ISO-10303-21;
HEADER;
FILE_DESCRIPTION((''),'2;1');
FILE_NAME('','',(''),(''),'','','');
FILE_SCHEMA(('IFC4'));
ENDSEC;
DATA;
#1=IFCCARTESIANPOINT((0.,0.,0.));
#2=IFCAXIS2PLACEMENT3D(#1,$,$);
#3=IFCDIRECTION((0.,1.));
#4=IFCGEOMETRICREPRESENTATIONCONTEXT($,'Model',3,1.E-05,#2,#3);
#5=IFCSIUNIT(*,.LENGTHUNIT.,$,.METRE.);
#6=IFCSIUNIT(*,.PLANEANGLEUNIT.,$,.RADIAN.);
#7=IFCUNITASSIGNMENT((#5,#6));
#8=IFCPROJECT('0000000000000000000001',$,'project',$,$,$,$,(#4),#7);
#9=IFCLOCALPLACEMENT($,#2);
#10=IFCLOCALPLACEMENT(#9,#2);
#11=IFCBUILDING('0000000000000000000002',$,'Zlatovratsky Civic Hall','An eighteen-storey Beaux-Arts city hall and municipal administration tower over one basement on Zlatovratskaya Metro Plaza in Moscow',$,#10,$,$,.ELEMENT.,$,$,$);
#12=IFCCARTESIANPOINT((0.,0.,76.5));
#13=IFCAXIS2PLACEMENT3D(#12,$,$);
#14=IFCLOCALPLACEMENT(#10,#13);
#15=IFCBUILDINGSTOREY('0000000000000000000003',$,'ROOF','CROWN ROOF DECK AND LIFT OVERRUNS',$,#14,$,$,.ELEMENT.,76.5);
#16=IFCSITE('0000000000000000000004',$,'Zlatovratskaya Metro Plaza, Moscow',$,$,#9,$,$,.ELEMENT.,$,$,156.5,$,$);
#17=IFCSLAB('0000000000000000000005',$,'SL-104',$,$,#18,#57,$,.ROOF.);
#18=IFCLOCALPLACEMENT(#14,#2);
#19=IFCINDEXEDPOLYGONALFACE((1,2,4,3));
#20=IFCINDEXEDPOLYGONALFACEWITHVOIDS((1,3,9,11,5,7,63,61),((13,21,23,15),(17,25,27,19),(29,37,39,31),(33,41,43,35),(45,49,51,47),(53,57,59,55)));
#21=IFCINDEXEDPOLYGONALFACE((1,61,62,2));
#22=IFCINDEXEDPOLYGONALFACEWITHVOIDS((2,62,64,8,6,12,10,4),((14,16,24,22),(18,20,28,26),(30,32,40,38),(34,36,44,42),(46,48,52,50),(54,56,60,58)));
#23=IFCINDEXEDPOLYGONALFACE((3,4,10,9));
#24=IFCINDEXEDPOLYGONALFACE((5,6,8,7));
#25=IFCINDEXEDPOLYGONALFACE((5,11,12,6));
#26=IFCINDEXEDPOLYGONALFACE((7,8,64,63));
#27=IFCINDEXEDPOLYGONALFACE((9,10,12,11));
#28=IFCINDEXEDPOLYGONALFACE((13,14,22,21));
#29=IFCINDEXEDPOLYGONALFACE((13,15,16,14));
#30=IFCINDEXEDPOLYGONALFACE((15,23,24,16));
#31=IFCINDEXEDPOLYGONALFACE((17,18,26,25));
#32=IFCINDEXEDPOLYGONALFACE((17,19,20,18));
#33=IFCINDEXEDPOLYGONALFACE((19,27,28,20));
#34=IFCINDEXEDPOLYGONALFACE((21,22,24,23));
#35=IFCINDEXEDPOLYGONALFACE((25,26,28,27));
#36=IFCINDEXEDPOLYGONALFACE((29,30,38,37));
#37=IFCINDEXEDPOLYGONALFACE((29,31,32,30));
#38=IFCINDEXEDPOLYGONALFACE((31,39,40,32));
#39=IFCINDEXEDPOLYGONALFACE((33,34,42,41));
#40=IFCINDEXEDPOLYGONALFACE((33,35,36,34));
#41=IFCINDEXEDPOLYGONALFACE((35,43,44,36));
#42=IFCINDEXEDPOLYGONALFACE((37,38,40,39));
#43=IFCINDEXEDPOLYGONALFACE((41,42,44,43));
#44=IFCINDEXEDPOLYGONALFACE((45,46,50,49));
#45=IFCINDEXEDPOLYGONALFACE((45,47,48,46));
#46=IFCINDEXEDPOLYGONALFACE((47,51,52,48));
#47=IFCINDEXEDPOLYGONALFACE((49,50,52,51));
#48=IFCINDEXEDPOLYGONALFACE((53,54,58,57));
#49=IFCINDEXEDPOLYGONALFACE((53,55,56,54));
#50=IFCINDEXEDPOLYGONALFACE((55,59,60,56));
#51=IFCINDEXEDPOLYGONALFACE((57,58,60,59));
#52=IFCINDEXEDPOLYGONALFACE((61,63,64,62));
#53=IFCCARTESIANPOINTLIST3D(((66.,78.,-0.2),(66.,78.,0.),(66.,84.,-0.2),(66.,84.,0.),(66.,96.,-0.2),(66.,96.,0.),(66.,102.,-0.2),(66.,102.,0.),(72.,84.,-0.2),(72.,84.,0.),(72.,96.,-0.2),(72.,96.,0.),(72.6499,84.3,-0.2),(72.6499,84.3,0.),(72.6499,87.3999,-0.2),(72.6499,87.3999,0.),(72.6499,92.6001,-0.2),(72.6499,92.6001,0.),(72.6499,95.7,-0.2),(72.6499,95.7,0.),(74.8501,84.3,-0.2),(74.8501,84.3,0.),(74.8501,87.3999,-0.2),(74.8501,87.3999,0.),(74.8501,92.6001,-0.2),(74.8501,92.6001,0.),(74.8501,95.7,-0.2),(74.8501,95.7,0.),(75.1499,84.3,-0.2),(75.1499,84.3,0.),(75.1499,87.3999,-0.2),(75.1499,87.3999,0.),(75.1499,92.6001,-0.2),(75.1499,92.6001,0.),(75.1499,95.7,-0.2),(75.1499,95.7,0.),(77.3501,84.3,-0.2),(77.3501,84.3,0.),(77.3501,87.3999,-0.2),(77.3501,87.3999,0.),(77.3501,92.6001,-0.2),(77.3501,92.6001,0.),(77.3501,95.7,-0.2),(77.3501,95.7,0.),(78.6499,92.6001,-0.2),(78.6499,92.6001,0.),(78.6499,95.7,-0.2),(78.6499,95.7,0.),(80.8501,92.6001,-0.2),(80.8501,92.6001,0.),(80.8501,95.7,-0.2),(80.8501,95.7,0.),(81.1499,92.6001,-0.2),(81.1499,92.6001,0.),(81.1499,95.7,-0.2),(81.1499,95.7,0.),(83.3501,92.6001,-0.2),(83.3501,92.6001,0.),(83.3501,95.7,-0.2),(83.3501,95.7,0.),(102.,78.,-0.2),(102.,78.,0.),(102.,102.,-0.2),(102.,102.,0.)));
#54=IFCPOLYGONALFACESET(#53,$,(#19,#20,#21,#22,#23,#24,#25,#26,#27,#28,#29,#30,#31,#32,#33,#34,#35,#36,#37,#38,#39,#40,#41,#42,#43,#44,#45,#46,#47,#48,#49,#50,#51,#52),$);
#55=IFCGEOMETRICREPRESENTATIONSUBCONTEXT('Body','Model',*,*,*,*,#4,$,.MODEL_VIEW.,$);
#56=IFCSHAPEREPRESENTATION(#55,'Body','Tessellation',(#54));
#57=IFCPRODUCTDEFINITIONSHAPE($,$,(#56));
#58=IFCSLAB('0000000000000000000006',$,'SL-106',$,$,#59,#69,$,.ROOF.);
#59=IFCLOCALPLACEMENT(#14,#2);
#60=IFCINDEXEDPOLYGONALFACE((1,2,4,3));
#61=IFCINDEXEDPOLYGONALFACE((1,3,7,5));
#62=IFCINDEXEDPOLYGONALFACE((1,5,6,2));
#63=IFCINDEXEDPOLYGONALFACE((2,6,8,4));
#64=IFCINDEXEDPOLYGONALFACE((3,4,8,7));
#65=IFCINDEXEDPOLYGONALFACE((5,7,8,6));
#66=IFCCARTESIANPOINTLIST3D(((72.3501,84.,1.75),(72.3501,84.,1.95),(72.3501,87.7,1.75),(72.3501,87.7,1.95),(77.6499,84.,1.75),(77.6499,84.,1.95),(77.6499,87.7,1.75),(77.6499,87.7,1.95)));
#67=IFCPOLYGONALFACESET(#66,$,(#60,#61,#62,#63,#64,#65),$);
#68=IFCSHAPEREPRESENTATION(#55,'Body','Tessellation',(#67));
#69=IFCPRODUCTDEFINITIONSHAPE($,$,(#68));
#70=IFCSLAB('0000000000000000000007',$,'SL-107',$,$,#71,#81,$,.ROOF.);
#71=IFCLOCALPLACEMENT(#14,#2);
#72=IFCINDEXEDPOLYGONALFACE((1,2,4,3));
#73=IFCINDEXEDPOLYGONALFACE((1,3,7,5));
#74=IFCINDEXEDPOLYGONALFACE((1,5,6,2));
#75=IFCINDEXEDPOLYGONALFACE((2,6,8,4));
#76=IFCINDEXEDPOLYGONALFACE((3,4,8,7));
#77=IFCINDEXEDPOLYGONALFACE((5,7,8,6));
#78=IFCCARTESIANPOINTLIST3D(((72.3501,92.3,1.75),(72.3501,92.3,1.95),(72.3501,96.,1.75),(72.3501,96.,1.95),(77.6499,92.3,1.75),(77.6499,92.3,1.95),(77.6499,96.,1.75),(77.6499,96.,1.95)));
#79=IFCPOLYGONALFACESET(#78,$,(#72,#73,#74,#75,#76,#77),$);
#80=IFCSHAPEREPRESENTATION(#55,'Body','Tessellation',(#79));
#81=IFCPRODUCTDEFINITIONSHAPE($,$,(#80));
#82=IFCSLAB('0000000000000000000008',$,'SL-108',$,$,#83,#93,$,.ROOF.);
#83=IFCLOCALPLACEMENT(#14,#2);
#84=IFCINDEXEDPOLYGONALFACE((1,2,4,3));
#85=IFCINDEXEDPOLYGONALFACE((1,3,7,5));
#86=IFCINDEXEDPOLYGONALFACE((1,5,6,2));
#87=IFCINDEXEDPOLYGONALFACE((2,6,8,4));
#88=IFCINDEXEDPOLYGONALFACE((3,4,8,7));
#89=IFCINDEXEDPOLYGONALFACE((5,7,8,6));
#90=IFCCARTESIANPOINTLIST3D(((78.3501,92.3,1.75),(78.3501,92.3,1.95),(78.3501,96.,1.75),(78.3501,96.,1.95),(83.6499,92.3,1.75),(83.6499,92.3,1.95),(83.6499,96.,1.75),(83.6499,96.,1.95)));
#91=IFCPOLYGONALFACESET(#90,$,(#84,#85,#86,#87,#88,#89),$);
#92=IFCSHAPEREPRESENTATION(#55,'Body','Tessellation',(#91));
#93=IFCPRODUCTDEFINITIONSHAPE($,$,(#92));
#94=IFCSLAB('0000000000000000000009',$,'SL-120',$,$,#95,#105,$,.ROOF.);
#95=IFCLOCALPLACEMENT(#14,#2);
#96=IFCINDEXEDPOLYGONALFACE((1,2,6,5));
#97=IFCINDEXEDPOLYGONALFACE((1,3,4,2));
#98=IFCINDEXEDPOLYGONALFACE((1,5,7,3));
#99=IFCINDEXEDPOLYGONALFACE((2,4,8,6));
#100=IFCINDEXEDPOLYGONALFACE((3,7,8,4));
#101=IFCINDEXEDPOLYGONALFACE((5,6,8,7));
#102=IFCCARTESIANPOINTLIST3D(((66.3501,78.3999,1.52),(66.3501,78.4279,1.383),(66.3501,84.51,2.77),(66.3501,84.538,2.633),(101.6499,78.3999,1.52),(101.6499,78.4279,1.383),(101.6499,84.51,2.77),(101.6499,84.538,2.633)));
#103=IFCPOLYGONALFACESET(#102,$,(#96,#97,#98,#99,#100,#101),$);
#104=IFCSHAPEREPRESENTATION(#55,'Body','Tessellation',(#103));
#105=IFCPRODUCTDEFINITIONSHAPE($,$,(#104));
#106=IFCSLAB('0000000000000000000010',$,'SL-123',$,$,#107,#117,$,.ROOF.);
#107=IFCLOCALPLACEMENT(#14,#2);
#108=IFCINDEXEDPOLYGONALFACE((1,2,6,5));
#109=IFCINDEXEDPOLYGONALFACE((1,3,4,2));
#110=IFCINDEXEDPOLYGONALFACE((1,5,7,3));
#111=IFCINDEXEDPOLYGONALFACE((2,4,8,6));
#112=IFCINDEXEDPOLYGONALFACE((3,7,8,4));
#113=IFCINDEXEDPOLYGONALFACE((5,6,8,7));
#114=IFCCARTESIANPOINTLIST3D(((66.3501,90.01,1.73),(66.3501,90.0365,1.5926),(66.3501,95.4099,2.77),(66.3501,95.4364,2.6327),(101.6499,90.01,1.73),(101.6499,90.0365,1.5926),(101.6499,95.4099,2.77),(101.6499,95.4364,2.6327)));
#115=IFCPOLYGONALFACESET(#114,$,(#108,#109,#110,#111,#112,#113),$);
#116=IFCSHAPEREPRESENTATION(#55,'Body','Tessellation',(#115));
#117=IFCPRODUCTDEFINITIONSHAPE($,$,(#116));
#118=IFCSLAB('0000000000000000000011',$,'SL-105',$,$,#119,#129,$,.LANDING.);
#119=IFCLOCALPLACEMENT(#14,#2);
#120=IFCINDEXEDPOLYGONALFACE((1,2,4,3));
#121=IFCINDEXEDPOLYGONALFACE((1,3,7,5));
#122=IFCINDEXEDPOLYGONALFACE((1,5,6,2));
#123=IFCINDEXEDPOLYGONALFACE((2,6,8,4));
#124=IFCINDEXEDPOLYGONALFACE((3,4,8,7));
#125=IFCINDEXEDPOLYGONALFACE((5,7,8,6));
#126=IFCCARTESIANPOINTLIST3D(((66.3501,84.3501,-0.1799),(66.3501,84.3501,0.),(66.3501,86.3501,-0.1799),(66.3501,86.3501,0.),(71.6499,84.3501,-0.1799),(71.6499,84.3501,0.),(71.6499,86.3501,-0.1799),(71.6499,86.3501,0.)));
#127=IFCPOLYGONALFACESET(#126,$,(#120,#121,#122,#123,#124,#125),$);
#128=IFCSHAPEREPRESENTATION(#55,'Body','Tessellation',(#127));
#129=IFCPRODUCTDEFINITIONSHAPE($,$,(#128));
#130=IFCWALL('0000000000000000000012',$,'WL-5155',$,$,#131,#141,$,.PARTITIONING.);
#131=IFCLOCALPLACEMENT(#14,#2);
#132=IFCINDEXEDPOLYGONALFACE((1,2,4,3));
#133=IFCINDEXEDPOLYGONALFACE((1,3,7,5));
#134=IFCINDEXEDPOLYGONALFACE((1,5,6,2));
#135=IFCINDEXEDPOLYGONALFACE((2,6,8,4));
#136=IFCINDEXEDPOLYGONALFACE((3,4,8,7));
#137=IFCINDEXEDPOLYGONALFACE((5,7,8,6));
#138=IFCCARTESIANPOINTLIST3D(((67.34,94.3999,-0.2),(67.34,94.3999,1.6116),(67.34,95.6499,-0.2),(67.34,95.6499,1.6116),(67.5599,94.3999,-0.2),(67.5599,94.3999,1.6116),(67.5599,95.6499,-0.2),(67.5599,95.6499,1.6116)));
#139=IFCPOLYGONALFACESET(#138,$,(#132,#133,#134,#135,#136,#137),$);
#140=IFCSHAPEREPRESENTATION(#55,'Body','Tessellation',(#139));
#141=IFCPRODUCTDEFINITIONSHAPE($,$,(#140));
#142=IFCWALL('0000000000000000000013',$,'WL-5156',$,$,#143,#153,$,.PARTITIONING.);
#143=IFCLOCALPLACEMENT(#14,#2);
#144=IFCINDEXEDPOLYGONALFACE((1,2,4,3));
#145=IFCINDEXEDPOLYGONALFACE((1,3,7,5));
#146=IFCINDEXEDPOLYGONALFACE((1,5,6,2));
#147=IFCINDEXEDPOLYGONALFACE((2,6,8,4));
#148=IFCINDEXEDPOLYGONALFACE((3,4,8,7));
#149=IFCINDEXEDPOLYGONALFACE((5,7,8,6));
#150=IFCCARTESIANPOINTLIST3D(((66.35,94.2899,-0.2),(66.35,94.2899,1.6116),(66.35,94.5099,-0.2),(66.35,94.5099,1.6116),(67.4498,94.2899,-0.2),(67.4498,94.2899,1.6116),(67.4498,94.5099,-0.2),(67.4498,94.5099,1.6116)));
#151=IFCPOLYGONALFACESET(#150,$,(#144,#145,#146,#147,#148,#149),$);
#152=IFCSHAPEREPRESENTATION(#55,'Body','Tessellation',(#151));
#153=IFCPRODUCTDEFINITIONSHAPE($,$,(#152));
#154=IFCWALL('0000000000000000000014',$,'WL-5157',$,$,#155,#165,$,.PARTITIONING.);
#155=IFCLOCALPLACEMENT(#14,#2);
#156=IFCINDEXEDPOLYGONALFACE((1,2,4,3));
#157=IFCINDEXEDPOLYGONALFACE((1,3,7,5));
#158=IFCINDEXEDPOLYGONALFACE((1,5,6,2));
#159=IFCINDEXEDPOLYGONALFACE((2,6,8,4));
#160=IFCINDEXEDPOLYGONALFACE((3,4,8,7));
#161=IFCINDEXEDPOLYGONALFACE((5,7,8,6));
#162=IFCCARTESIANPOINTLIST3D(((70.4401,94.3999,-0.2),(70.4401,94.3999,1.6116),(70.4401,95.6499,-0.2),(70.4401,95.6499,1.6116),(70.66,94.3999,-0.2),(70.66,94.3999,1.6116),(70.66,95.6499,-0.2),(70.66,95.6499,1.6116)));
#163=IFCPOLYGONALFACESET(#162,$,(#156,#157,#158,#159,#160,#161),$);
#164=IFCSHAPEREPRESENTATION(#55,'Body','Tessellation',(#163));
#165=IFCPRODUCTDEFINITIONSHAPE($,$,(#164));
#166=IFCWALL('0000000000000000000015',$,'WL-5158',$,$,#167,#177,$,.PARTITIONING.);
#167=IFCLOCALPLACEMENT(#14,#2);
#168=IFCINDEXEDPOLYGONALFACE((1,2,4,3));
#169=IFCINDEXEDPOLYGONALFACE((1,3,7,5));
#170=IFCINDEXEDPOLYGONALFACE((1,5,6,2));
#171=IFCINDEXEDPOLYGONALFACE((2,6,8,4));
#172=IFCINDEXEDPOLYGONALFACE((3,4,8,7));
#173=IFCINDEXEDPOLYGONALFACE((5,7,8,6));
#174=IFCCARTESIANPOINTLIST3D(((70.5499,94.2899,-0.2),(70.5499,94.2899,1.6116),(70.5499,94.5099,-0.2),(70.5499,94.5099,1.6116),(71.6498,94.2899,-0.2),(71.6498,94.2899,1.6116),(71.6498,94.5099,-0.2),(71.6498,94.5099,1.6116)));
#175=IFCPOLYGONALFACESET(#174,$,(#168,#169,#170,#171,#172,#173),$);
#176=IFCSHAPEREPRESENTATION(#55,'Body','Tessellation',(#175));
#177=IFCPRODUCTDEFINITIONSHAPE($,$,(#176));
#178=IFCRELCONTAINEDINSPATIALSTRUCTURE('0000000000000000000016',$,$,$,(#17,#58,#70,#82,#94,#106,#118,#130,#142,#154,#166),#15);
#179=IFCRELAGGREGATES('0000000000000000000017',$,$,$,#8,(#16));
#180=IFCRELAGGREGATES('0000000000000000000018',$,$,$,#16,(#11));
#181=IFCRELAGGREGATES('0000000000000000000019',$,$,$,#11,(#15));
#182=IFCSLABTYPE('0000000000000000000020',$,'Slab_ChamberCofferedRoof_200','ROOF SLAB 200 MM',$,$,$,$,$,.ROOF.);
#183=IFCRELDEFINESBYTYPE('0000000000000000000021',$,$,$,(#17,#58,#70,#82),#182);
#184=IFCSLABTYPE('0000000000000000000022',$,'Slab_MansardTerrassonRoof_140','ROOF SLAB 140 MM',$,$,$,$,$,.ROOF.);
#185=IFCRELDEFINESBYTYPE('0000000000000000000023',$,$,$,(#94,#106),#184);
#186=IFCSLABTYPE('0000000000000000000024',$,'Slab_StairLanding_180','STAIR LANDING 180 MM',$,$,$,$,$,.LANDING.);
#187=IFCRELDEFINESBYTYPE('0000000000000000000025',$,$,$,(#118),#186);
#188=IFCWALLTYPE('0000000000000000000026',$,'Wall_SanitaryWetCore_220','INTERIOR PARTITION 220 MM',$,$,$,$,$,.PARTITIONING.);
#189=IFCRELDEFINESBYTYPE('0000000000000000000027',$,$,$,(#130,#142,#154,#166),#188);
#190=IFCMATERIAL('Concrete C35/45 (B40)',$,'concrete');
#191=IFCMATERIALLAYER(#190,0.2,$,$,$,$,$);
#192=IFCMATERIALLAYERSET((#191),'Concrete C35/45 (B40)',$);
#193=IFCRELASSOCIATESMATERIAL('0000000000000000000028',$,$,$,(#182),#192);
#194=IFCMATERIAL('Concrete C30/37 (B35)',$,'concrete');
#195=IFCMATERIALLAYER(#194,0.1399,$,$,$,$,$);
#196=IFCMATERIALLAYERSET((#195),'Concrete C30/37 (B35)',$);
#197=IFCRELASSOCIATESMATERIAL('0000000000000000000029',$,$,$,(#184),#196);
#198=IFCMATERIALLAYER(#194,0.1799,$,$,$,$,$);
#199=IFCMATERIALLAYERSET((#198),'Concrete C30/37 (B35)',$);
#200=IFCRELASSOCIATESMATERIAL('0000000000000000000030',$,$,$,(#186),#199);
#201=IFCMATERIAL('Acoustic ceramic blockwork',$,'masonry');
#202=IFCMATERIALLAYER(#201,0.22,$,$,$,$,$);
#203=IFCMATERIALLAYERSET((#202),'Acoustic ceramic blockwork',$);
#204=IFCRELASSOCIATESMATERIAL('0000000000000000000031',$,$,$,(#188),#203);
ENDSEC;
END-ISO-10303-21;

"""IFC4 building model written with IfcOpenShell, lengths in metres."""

from ifc_helpers import new_model, si_unit, direction, frame, frame_2d, origin, place, context, subcontext, project, spatial, polyline, rectangle, outline, extrude, material, layer, layer_set, type_object, element, save


model = new_model("IFC4")

# Units and contexts
model_context = context("Model", 3, precision=1e-05, world=origin(), true_north=direction((0.0, 1.0)))
body_context = subcontext(model_context, "Body", "Model", "MODEL_VIEW")
ifc_project = project(units=[si_unit("LENGTHUNIT", "METRE"), si_unit("PLANEANGLEUNIT", "RADIAN")], contexts=[model_context])

# Site, building, storey
site_placement = place(None, origin())
site = spatial("IfcSite", under=ifc_project, at=site_placement, Name="Zlatovratskaya Metro Plaza, Moscow", CompositionType="ELEMENT", RefElevation=156.5)
building_placement = place(site_placement, origin())
building = spatial("IfcBuilding", under=site, at=building_placement, Name="Zlatovratsky Civic Hall", Description="An eighteen-storey Beaux-Arts city hall and municipal administration tower over one basement on Zlatovratskaya Metro Plaza in Moscow", CompositionType="ELEMENT")
storey_placement = place(building_placement, frame((0.0, 0.0, 76.5)))
storey = spatial("IfcBuildingStorey", under=building, at=storey_placement, Name="ROOF", Description="CROWN ROOF DECK AND LIFT OVERRUNS", CompositionType="ELEMENT", Elevation=76.5)

# Slabs
ifc_material_1 = material(Name="Concrete C35/45 (B40)", Category="concrete")
ifc_layer_1 = layer(ifc_material_1, 0.2)
ifc_layer_set_1 = layer_set([ifc_layer_1], Name="Concrete C35/45 (B40)")
slab_type_1 = type_object("IfcSlabType", Name="Slab_ChamberCofferedRoof_200", Description="ROOF SLAB 200 MM", PredefinedType="ROOF", material=ifc_layer_set_1)
slab_1_placement = place(storey_placement, frame((0.0, 0.0, -0.2)))
element("IfcSlab", 1, at=slab_1_placement, inside=storey, type_object=slab_type_1, Name="SL-104", PredefinedType="ROOF", context=body_context, shape_type="SweptSolid", body=[
    extrude(outline(polyline([(66.0, 78.0), (102.0, 78.0), (102.0, 102.0), (66.0, 102.0), (66.0, 96.0), (72.0, 96.0), (72.0, 84.0), (66.0, 84.0), (66.0, 78.0)]), holes=[polyline([(72.6499, 84.3), (74.8501, 84.3), (74.8501, 87.3999), (72.6499, 87.3999), (72.6499, 84.3)]), polyline([(75.1499, 84.3), (77.3501, 84.3), (77.3501, 87.3999), (75.1499, 87.3999), (75.1499, 84.3)]), polyline([(72.6499, 92.6001), (74.8501, 92.6001), (74.8501, 95.7), (72.6499, 95.7), (72.6499, 92.6001)]), polyline([(75.1499, 92.6001), (77.3501, 92.6001), (77.3501, 95.7), (75.1499, 95.7), (75.1499, 92.6001)]), polyline([(78.6499, 92.6001), (80.8501, 92.6001), (80.8501, 95.7), (78.6499, 95.7), (78.6499, 92.6001)]), polyline([(81.1499, 92.6001), (83.3501, 92.6001), (83.3501, 95.7), (81.1499, 95.7), (81.1499, 92.6001)])]), origin(), (0.0, 0.0, 1.0), 0.2),
])
slab_2_placement = place(storey_placement, frame((0.0, 0.0, 1.75)))
element("IfcSlab", 2, at=slab_2_placement, inside=storey, type_object=slab_type_1, Name="SL-106", PredefinedType="ROOF", context=body_context, shape_type="SweptSolid", body=[
    extrude(outline(polyline([(72.3501, 84.0), (77.6499, 84.0), (77.6499, 87.7), (72.3501, 87.7), (72.3501, 84.0)])), origin(), (0.0, 0.0, 1.0), 0.2),
])
slab_3_placement = place(storey_placement, frame((0.0, 0.0, 1.75)))
element("IfcSlab", 3, at=slab_3_placement, inside=storey, type_object=slab_type_1, Name="SL-107", PredefinedType="ROOF", context=body_context, shape_type="SweptSolid", body=[
    extrude(outline(polyline([(72.3501, 92.3), (77.6499, 92.3), (77.6499, 96.0), (72.3501, 96.0), (72.3501, 92.3)])), origin(), (0.0, 0.0, 1.0), 0.2),
])
slab_4_placement = place(storey_placement, frame((0.0, 0.0, 1.75)))
element("IfcSlab", 4, at=slab_4_placement, inside=storey, type_object=slab_type_1, Name="SL-108", PredefinedType="ROOF", context=body_context, shape_type="SweptSolid", body=[
    extrude(outline(polyline([(78.3501, 92.3), (83.6499, 92.3), (83.6499, 96.0), (78.3501, 96.0), (78.3501, 92.3)])), origin(), (0.0, 0.0, 1.0), 0.2),
])
ifc_material_2 = material(Name="Concrete C30/37 (B35)", Category="concrete")
ifc_layer_2 = layer(ifc_material_2, 0.1399)
ifc_layer_set_2 = layer_set([ifc_layer_2], Name="Concrete C30/37 (B35)")
slab_type_2 = type_object("IfcSlabType", Name="Slab_MansardTerrassonRoof_140", Description="ROOF SLAB 140 MM", PredefinedType="ROOF", material=ifc_layer_set_2)
slab_5_placement = place(storey_placement, frame((66.3501, 78.3999, 1.52), z_axis=(0.0, -0.200428, 0.979708), x_axis=(1.0, 0.0, 0.0)))
element("IfcSlab", 5, at=slab_5_placement, inside=storey, type_object=slab_type_2, Name="SL-120", PredefinedType="ROOF", context=body_context, shape_type="SweptSolid", body=[
    extrude(outline(polyline([(0.0, 0.0), (35.2998, 0.0), (35.2998, 6.2367), (0.0, 6.2367), (0.0, 0.0)])), origin(), (0.0, 0.0, -1.0), 0.1399),
])
slab_6_placement = place(storey_placement, frame((66.3501, 95.4099, 2.77), z_axis=(0.0, -0.189127, 0.981953), x_axis=(1.0, 0.0, 0.0)))
element("IfcSlab", 6, at=slab_6_placement, inside=storey, type_object=slab_type_2, Name="SL-123", PredefinedType="ROOF", context=body_context, shape_type="SweptSolid", body=[
    extrude(outline(polyline([(0.0, 0.0), (35.2998, 0.0), (35.2998, -5.4991), (0.0, -5.4991), (0.0, 0.0)])), origin(), (0.0, 0.0, -1.0), 0.1399),
])
ifc_layer_3 = layer(ifc_material_2, 0.1799)
ifc_layer_set_3 = layer_set([ifc_layer_3], Name="Concrete C30/37 (B35)")
slab_type_3 = type_object("IfcSlabType", Name="Slab_StairLanding_180", Description="STAIR LANDING 180 MM", PredefinedType="LANDING", material=ifc_layer_set_3)
slab_7_placement = place(storey_placement, frame((0.0, 0.0, -0.1799)))
element("IfcSlab", 7, at=slab_7_placement, inside=storey, type_object=slab_type_3, Name="SL-105", PredefinedType="LANDING", context=body_context, shape_type="SweptSolid", body=[
    extrude(outline(polyline([(66.3501, 84.3501), (71.6499, 84.3501), (71.6499, 86.3501), (66.3501, 86.3501), (66.3501, 84.3501)])), origin(), (0.0, 0.0, 1.0), 0.1799),
])

# Walls
ifc_material_3 = material(Name="Acoustic ceramic blockwork", Category="masonry")
ifc_layer_4 = layer(ifc_material_3, 0.22)
ifc_layer_set_4 = layer_set([ifc_layer_4], Name="Acoustic ceramic blockwork")
wall_type_1 = type_object("IfcWallType", Name="Wall_SanitaryWetCore_220", Description="INTERIOR PARTITION 220 MM", PredefinedType="PARTITIONING", material=ifc_layer_set_4)
wall_1_placement = place(storey_placement, frame((67.45, 94.3999, -0.2), z_axis=(0.0, 0.0, 1.0), x_axis=(0.0, 1.0, 0.0)))
element("IfcWall", 8, at=wall_1_placement, inside=storey, type_object=wall_type_1, Name="WL-5155", PredefinedType="PARTITIONING", context=body_context, shape_type="SweptSolid", body=[
    extrude(rectangle(XDim=1.25, YDim=0.22, at=frame_2d((0.625, 0.0))), origin(), (0.0, 0.0, 1.0), 1.8115),
])
wall_2_placement = place(storey_placement, frame((66.3501, 94.3999, -0.2), z_axis=(0.0, 0.0, 1.0), x_axis=(1.0, 0.0, 0.0)))
element("IfcWall", 9, at=wall_2_placement, inside=storey, type_object=wall_type_1, Name="WL-5156", PredefinedType="PARTITIONING", context=body_context, shape_type="SweptSolid", body=[
    extrude(rectangle(XDim=1.0999, YDim=0.22, at=frame_2d((0.5498, 0.0))), origin(), (0.0, 0.0, 1.0), 1.8115),
])
wall_3_placement = place(storey_placement, frame((70.55, 94.3999, -0.2), z_axis=(0.0, 0.0, 1.0), x_axis=(0.0, 1.0, 0.0)))
element("IfcWall", 10, at=wall_3_placement, inside=storey, type_object=wall_type_1, Name="WL-5157", PredefinedType="PARTITIONING", context=body_context, shape_type="SweptSolid", body=[
    extrude(rectangle(XDim=1.25, YDim=0.22, at=frame_2d((0.625, 0.0))), origin(), (0.0, 0.0, 1.0), 1.8115),
])
wall_4_placement = place(storey_placement, frame((70.55, 94.3999, -0.2), z_axis=(0.0, 0.0, 1.0), x_axis=(1.0, 0.0, 0.0)))
element("IfcWall", 11, at=wall_4_placement, inside=storey, type_object=wall_type_1, Name="WL-5158", PredefinedType="PARTITIONING", context=body_context, shape_type="SweptSolid", body=[
    extrude(rectangle(XDim=1.0999, YDim=0.22, at=frame_2d((0.5498, 0.0))), origin(), (0.0, 0.0, 1.0), 1.8115),
])

save(model, "model.ifc")
